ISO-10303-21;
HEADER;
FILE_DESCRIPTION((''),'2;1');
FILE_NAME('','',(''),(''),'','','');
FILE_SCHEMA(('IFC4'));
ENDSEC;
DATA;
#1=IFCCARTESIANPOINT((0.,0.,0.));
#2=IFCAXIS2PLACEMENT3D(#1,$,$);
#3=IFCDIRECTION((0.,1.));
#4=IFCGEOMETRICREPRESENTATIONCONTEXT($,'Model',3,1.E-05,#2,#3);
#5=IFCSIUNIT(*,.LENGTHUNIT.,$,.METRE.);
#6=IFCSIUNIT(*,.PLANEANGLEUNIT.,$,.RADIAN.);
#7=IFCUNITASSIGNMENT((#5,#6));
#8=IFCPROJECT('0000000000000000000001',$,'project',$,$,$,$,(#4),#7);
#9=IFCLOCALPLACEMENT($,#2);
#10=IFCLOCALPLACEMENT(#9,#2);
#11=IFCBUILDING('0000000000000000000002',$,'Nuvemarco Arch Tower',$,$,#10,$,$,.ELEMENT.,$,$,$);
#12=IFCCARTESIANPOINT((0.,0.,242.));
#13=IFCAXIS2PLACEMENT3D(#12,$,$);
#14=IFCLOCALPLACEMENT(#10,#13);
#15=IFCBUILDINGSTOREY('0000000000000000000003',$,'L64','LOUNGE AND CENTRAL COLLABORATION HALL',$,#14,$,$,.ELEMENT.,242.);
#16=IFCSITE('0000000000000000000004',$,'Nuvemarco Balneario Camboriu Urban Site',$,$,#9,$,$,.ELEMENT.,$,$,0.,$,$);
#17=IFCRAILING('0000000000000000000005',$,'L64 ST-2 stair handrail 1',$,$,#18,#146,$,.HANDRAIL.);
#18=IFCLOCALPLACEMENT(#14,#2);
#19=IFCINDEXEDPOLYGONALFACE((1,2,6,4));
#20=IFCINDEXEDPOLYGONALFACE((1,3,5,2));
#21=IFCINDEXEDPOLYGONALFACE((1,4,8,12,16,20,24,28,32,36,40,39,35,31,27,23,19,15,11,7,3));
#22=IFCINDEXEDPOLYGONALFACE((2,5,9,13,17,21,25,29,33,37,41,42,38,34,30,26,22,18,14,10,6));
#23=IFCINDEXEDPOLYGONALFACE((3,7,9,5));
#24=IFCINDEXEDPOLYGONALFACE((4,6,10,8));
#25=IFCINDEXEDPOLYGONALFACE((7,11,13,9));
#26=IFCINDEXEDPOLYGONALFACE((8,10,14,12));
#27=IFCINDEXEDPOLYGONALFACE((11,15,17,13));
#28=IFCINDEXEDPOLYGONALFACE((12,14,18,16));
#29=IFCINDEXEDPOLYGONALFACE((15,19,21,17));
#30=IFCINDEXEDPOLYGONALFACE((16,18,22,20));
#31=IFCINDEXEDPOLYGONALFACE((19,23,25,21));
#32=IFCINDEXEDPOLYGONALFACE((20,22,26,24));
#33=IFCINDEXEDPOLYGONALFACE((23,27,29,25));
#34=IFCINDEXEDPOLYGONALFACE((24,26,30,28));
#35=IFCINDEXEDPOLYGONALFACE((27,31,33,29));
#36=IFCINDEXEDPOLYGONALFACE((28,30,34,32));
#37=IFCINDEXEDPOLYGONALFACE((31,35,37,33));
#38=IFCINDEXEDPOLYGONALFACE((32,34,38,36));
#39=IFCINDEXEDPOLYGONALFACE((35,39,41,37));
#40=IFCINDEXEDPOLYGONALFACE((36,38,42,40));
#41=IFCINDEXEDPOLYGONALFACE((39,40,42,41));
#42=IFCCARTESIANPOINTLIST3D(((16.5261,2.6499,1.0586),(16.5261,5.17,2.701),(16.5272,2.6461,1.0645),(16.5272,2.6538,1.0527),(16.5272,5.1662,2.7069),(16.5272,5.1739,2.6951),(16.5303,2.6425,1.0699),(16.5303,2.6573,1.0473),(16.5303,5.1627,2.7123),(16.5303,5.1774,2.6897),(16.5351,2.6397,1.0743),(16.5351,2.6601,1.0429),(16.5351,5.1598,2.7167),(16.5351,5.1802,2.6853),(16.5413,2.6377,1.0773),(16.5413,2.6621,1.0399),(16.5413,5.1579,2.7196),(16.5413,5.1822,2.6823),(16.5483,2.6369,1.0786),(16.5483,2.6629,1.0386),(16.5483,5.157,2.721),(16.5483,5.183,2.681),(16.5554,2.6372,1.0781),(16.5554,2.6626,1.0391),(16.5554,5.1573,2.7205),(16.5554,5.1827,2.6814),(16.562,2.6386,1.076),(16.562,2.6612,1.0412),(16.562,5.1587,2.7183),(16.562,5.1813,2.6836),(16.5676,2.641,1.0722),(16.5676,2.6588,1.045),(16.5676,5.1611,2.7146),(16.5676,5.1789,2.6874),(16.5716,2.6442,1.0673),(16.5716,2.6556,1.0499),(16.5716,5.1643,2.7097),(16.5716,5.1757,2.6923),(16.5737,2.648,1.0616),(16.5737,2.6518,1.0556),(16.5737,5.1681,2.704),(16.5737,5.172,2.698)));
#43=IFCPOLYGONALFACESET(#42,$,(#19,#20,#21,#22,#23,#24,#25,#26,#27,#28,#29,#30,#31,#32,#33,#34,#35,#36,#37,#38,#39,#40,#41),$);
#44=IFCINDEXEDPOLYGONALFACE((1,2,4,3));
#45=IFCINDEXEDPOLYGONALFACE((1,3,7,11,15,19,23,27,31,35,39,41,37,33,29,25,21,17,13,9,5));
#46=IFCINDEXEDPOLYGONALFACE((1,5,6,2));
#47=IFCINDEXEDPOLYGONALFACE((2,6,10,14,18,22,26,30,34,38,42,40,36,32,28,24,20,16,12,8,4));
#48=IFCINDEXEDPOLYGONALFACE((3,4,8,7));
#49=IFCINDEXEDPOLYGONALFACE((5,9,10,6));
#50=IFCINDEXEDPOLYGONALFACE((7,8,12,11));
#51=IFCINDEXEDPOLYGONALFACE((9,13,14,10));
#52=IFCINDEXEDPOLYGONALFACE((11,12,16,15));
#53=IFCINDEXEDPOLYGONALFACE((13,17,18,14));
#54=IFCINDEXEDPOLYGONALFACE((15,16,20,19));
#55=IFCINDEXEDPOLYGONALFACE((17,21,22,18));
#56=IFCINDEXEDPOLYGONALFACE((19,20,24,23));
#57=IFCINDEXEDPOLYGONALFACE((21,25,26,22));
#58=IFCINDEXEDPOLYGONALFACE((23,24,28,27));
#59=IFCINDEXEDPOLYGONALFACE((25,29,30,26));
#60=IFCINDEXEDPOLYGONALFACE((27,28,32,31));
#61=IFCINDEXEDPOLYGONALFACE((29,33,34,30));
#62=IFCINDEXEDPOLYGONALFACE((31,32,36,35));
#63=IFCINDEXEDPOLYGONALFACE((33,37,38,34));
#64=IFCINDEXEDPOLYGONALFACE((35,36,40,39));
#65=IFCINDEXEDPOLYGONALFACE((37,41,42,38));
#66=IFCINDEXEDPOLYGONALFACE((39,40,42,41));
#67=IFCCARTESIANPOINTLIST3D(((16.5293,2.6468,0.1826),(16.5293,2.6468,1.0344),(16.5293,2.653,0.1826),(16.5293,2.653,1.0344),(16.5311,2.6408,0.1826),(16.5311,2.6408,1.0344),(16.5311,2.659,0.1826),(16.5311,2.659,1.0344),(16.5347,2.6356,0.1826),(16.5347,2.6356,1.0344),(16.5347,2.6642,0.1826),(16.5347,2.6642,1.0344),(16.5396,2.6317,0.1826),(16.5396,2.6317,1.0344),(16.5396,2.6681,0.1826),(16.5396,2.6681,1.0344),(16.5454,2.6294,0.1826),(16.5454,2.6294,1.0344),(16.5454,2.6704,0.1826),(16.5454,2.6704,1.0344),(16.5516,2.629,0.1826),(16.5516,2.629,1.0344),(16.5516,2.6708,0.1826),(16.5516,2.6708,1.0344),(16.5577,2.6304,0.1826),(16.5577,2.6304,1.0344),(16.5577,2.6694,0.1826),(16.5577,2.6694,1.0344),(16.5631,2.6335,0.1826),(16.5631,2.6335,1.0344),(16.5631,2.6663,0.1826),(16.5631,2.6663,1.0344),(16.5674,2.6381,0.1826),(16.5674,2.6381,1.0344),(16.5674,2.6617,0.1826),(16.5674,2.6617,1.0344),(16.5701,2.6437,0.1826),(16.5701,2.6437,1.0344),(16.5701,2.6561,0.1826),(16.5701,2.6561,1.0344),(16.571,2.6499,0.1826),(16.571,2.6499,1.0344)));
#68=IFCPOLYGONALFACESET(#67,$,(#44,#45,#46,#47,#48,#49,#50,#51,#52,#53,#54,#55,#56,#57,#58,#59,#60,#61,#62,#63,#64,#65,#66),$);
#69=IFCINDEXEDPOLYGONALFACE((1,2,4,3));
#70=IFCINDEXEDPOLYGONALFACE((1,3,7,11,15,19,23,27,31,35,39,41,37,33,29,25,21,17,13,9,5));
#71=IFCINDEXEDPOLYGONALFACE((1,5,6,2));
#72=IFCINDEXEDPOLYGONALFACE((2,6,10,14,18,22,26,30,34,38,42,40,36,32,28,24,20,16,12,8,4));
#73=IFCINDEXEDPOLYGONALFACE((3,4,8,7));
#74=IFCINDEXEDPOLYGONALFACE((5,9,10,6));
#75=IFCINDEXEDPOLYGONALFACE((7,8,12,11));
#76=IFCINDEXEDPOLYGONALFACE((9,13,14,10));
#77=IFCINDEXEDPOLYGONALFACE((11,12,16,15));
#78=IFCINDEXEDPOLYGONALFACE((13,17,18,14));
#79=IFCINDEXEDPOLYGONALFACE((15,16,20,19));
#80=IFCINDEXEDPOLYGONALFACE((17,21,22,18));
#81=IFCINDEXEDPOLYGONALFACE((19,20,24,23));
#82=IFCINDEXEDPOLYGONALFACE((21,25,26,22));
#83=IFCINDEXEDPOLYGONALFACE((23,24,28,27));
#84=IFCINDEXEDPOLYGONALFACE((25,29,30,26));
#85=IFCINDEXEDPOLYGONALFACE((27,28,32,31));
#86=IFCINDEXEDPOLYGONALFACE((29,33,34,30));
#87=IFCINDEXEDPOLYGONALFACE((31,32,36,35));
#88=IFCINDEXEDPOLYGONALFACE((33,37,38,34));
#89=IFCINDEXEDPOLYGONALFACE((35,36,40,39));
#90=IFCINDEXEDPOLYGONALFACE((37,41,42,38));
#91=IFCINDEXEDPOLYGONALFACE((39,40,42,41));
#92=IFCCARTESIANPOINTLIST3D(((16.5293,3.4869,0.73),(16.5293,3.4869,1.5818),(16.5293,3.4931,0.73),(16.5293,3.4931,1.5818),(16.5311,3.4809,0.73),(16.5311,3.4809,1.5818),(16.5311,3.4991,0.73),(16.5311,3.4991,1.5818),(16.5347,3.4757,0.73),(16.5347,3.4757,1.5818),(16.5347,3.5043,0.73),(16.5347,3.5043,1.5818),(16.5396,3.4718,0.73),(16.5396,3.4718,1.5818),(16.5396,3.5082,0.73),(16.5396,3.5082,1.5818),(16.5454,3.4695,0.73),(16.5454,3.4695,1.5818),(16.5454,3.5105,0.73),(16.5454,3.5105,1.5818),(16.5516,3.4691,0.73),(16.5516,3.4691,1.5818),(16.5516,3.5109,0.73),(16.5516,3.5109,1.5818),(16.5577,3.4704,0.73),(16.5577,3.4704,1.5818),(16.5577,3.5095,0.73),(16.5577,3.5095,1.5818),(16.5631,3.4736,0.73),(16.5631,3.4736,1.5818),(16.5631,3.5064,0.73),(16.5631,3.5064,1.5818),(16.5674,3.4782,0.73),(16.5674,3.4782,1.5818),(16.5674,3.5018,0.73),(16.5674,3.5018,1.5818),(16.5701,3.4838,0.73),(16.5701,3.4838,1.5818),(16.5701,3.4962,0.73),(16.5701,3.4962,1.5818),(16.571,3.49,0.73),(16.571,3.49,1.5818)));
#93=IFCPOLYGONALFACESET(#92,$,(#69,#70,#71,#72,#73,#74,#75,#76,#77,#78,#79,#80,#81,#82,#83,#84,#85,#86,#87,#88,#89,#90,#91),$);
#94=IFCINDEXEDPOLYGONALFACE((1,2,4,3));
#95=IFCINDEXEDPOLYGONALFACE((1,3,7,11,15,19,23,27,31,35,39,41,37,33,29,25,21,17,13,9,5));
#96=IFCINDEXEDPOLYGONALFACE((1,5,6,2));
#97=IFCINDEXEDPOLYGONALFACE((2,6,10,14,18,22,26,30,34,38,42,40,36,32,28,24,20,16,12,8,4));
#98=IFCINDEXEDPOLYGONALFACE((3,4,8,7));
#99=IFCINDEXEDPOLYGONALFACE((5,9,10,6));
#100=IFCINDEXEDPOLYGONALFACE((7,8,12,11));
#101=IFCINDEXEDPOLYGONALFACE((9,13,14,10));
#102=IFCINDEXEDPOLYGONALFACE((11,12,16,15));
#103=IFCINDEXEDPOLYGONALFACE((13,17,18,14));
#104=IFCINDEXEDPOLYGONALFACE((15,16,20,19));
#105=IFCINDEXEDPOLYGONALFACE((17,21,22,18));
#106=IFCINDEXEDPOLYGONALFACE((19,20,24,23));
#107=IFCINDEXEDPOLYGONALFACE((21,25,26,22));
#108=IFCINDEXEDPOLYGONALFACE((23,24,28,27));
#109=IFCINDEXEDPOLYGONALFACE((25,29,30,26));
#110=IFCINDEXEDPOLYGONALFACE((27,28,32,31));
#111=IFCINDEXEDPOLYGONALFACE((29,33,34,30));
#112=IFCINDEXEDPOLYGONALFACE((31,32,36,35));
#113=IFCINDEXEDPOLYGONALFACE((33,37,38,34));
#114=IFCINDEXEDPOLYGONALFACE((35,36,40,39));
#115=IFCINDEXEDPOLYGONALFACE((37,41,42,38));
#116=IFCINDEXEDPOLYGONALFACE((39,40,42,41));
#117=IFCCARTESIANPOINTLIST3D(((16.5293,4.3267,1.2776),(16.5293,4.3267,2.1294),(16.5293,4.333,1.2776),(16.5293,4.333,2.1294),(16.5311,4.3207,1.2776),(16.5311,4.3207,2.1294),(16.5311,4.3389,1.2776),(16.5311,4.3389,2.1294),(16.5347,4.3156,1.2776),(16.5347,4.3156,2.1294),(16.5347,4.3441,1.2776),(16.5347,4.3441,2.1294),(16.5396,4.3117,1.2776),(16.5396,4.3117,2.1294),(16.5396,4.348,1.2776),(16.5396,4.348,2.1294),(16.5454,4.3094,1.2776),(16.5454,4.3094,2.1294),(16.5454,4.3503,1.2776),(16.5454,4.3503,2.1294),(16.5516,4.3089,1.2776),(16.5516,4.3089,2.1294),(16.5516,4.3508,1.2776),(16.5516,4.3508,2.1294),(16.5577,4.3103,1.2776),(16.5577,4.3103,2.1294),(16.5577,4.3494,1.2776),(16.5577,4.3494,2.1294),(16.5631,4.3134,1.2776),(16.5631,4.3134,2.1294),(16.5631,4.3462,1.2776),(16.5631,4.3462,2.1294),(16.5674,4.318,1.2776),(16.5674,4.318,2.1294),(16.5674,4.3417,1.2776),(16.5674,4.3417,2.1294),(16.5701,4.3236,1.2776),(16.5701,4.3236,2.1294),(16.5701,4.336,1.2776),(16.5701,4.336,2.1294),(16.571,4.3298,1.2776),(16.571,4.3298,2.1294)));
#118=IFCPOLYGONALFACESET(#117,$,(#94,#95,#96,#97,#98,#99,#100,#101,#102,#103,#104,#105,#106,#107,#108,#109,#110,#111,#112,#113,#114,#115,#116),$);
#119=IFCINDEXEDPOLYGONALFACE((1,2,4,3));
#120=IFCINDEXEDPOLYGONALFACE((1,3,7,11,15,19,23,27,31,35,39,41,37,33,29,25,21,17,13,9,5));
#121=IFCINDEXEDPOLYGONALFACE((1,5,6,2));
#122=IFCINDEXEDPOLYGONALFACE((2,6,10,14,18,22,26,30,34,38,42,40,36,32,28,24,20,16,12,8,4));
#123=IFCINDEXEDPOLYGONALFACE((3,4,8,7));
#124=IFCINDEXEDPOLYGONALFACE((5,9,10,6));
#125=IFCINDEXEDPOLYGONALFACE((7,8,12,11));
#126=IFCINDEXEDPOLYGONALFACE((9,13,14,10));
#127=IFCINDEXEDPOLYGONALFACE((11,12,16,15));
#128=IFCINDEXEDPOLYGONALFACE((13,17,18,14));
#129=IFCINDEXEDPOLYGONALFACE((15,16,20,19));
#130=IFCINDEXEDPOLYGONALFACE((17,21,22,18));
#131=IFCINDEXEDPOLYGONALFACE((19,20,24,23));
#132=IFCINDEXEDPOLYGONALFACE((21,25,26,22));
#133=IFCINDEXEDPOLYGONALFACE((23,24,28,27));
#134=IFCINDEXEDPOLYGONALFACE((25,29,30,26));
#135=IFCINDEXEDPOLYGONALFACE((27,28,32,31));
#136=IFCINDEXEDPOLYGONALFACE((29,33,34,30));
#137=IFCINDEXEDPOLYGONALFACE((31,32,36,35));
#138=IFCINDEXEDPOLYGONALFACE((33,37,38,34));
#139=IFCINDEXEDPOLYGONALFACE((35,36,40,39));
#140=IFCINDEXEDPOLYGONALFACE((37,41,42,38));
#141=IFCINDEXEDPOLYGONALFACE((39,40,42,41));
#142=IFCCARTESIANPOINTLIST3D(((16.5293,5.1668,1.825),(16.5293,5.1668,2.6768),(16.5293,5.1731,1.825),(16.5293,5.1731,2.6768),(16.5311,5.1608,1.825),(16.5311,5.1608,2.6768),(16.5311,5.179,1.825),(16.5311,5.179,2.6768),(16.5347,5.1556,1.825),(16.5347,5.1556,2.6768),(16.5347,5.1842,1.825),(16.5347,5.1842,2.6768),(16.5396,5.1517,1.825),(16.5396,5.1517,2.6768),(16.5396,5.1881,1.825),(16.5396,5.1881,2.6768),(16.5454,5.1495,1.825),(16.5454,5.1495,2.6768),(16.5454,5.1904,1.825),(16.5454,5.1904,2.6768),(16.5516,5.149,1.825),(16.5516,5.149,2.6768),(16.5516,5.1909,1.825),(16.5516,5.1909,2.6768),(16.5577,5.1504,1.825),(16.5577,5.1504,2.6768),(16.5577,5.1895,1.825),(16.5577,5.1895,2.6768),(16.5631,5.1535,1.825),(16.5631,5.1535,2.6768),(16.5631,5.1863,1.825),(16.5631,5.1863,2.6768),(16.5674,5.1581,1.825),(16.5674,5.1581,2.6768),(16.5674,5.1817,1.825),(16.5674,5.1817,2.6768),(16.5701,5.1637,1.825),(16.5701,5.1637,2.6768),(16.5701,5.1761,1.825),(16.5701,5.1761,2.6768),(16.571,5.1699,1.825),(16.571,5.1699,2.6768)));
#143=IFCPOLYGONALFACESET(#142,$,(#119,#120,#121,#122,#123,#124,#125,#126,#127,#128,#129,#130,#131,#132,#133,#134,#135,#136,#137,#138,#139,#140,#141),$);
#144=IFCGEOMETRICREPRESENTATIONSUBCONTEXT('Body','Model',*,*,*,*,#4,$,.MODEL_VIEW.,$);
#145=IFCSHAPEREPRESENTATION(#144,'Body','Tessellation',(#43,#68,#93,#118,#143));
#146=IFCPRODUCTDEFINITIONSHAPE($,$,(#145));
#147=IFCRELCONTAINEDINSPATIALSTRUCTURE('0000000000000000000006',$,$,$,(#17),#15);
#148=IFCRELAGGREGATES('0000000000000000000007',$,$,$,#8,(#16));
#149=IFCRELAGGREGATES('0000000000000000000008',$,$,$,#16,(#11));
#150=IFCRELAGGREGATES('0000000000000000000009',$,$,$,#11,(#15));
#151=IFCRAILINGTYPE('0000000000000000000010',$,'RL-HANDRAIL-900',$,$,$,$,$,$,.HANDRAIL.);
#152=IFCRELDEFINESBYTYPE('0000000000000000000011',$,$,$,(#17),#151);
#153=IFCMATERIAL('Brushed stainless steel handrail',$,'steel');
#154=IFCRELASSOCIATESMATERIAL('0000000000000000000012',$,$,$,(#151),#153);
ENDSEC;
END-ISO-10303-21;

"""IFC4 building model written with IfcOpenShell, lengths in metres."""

from ifc_helpers import new_model, si_unit, direction, frame, origin, origin_2d, place, context, subcontext, project, spatial, circle, extrude, material, type_object, element, save


model = new_model("IFC4")

# Units and contexts
model_context = context("Model", 3, precision=1e-05, world=origin(), true_north=direction((0.0, 1.0)))
body_context = subcontext(model_context, "Body", "Model", "MODEL_VIEW")
ifc_project = project(units=[si_unit("LENGTHUNIT", "METRE"), si_unit("PLANEANGLEUNIT", "RADIAN")], contexts=[model_context])

# Site, building, storey
site_placement = place(None, origin())
site = spatial("IfcSite", under=ifc_project, at=site_placement, Name="Nuvemarco Balneario Camboriu Urban Site", CompositionType="ELEMENT", RefElevation=0.0)
building_placement = place(site_placement, origin())
building = spatial("IfcBuilding", under=site, at=building_placement, Name="Nuvemarco Arch Tower", CompositionType="ELEMENT")
storey_placement = place(building_placement, frame((0.0, 0.0, 242.0)))
storey = spatial("IfcBuildingStorey", under=building, at=storey_placement, Name="L64", Description="LOUNGE AND CENTRAL COLLABORATION HALL", CompositionType="ELEMENT", Elevation=242.0)

# Railing
ifc_material_1 = material(Name="Brushed stainless steel handrail", Category="steel")
railing_type_1 = type_object("IfcRailingType", Name="RL-HANDRAIL-900", PredefinedType="HANDRAIL", material=ifc_material_1)
railing_1_placement = place(storey_placement, frame((16.55, 2.6499, 0.1826)))
element("IfcRailing", 1, at=railing_1_placement, inside=storey, type_object=railing_type_1, Name="L64 ST-2 stair handrail 1", PredefinedType="HANDRAIL", context=body_context, shape_type="SweptSolid", body=[
    extrude(circle(Radius=0.0239, at=origin_2d()), frame((0.0, 0.0, 0.876), z_axis=(0.0, 0.837787, 0.545998), x_axis=(-1.0, 0.0, 0.0)), (0.0, 0.0, 1.0), 3.0081),
    extrude(circle(Radius=0.021, at=origin_2d()), origin(), (0.0, 0.0, 1.0), 0.8518),
    extrude(circle(Radius=0.021, at=origin_2d()), frame((0.0, 0.8401, 0.5474)), (0.0, 0.0, 1.0), 0.8518),
    extrude(circle(Radius=0.021, at=origin_2d()), frame((0.0, 1.6799, 1.095)), (0.0, 0.0, 1.0), 0.8518),
    extrude(circle(Radius=0.021, at=origin_2d()), frame((0.0, 2.52, 1.6423)), (0.0, 0.0, 1.0), 0.8518),
])

save(model, "model.ifc")
